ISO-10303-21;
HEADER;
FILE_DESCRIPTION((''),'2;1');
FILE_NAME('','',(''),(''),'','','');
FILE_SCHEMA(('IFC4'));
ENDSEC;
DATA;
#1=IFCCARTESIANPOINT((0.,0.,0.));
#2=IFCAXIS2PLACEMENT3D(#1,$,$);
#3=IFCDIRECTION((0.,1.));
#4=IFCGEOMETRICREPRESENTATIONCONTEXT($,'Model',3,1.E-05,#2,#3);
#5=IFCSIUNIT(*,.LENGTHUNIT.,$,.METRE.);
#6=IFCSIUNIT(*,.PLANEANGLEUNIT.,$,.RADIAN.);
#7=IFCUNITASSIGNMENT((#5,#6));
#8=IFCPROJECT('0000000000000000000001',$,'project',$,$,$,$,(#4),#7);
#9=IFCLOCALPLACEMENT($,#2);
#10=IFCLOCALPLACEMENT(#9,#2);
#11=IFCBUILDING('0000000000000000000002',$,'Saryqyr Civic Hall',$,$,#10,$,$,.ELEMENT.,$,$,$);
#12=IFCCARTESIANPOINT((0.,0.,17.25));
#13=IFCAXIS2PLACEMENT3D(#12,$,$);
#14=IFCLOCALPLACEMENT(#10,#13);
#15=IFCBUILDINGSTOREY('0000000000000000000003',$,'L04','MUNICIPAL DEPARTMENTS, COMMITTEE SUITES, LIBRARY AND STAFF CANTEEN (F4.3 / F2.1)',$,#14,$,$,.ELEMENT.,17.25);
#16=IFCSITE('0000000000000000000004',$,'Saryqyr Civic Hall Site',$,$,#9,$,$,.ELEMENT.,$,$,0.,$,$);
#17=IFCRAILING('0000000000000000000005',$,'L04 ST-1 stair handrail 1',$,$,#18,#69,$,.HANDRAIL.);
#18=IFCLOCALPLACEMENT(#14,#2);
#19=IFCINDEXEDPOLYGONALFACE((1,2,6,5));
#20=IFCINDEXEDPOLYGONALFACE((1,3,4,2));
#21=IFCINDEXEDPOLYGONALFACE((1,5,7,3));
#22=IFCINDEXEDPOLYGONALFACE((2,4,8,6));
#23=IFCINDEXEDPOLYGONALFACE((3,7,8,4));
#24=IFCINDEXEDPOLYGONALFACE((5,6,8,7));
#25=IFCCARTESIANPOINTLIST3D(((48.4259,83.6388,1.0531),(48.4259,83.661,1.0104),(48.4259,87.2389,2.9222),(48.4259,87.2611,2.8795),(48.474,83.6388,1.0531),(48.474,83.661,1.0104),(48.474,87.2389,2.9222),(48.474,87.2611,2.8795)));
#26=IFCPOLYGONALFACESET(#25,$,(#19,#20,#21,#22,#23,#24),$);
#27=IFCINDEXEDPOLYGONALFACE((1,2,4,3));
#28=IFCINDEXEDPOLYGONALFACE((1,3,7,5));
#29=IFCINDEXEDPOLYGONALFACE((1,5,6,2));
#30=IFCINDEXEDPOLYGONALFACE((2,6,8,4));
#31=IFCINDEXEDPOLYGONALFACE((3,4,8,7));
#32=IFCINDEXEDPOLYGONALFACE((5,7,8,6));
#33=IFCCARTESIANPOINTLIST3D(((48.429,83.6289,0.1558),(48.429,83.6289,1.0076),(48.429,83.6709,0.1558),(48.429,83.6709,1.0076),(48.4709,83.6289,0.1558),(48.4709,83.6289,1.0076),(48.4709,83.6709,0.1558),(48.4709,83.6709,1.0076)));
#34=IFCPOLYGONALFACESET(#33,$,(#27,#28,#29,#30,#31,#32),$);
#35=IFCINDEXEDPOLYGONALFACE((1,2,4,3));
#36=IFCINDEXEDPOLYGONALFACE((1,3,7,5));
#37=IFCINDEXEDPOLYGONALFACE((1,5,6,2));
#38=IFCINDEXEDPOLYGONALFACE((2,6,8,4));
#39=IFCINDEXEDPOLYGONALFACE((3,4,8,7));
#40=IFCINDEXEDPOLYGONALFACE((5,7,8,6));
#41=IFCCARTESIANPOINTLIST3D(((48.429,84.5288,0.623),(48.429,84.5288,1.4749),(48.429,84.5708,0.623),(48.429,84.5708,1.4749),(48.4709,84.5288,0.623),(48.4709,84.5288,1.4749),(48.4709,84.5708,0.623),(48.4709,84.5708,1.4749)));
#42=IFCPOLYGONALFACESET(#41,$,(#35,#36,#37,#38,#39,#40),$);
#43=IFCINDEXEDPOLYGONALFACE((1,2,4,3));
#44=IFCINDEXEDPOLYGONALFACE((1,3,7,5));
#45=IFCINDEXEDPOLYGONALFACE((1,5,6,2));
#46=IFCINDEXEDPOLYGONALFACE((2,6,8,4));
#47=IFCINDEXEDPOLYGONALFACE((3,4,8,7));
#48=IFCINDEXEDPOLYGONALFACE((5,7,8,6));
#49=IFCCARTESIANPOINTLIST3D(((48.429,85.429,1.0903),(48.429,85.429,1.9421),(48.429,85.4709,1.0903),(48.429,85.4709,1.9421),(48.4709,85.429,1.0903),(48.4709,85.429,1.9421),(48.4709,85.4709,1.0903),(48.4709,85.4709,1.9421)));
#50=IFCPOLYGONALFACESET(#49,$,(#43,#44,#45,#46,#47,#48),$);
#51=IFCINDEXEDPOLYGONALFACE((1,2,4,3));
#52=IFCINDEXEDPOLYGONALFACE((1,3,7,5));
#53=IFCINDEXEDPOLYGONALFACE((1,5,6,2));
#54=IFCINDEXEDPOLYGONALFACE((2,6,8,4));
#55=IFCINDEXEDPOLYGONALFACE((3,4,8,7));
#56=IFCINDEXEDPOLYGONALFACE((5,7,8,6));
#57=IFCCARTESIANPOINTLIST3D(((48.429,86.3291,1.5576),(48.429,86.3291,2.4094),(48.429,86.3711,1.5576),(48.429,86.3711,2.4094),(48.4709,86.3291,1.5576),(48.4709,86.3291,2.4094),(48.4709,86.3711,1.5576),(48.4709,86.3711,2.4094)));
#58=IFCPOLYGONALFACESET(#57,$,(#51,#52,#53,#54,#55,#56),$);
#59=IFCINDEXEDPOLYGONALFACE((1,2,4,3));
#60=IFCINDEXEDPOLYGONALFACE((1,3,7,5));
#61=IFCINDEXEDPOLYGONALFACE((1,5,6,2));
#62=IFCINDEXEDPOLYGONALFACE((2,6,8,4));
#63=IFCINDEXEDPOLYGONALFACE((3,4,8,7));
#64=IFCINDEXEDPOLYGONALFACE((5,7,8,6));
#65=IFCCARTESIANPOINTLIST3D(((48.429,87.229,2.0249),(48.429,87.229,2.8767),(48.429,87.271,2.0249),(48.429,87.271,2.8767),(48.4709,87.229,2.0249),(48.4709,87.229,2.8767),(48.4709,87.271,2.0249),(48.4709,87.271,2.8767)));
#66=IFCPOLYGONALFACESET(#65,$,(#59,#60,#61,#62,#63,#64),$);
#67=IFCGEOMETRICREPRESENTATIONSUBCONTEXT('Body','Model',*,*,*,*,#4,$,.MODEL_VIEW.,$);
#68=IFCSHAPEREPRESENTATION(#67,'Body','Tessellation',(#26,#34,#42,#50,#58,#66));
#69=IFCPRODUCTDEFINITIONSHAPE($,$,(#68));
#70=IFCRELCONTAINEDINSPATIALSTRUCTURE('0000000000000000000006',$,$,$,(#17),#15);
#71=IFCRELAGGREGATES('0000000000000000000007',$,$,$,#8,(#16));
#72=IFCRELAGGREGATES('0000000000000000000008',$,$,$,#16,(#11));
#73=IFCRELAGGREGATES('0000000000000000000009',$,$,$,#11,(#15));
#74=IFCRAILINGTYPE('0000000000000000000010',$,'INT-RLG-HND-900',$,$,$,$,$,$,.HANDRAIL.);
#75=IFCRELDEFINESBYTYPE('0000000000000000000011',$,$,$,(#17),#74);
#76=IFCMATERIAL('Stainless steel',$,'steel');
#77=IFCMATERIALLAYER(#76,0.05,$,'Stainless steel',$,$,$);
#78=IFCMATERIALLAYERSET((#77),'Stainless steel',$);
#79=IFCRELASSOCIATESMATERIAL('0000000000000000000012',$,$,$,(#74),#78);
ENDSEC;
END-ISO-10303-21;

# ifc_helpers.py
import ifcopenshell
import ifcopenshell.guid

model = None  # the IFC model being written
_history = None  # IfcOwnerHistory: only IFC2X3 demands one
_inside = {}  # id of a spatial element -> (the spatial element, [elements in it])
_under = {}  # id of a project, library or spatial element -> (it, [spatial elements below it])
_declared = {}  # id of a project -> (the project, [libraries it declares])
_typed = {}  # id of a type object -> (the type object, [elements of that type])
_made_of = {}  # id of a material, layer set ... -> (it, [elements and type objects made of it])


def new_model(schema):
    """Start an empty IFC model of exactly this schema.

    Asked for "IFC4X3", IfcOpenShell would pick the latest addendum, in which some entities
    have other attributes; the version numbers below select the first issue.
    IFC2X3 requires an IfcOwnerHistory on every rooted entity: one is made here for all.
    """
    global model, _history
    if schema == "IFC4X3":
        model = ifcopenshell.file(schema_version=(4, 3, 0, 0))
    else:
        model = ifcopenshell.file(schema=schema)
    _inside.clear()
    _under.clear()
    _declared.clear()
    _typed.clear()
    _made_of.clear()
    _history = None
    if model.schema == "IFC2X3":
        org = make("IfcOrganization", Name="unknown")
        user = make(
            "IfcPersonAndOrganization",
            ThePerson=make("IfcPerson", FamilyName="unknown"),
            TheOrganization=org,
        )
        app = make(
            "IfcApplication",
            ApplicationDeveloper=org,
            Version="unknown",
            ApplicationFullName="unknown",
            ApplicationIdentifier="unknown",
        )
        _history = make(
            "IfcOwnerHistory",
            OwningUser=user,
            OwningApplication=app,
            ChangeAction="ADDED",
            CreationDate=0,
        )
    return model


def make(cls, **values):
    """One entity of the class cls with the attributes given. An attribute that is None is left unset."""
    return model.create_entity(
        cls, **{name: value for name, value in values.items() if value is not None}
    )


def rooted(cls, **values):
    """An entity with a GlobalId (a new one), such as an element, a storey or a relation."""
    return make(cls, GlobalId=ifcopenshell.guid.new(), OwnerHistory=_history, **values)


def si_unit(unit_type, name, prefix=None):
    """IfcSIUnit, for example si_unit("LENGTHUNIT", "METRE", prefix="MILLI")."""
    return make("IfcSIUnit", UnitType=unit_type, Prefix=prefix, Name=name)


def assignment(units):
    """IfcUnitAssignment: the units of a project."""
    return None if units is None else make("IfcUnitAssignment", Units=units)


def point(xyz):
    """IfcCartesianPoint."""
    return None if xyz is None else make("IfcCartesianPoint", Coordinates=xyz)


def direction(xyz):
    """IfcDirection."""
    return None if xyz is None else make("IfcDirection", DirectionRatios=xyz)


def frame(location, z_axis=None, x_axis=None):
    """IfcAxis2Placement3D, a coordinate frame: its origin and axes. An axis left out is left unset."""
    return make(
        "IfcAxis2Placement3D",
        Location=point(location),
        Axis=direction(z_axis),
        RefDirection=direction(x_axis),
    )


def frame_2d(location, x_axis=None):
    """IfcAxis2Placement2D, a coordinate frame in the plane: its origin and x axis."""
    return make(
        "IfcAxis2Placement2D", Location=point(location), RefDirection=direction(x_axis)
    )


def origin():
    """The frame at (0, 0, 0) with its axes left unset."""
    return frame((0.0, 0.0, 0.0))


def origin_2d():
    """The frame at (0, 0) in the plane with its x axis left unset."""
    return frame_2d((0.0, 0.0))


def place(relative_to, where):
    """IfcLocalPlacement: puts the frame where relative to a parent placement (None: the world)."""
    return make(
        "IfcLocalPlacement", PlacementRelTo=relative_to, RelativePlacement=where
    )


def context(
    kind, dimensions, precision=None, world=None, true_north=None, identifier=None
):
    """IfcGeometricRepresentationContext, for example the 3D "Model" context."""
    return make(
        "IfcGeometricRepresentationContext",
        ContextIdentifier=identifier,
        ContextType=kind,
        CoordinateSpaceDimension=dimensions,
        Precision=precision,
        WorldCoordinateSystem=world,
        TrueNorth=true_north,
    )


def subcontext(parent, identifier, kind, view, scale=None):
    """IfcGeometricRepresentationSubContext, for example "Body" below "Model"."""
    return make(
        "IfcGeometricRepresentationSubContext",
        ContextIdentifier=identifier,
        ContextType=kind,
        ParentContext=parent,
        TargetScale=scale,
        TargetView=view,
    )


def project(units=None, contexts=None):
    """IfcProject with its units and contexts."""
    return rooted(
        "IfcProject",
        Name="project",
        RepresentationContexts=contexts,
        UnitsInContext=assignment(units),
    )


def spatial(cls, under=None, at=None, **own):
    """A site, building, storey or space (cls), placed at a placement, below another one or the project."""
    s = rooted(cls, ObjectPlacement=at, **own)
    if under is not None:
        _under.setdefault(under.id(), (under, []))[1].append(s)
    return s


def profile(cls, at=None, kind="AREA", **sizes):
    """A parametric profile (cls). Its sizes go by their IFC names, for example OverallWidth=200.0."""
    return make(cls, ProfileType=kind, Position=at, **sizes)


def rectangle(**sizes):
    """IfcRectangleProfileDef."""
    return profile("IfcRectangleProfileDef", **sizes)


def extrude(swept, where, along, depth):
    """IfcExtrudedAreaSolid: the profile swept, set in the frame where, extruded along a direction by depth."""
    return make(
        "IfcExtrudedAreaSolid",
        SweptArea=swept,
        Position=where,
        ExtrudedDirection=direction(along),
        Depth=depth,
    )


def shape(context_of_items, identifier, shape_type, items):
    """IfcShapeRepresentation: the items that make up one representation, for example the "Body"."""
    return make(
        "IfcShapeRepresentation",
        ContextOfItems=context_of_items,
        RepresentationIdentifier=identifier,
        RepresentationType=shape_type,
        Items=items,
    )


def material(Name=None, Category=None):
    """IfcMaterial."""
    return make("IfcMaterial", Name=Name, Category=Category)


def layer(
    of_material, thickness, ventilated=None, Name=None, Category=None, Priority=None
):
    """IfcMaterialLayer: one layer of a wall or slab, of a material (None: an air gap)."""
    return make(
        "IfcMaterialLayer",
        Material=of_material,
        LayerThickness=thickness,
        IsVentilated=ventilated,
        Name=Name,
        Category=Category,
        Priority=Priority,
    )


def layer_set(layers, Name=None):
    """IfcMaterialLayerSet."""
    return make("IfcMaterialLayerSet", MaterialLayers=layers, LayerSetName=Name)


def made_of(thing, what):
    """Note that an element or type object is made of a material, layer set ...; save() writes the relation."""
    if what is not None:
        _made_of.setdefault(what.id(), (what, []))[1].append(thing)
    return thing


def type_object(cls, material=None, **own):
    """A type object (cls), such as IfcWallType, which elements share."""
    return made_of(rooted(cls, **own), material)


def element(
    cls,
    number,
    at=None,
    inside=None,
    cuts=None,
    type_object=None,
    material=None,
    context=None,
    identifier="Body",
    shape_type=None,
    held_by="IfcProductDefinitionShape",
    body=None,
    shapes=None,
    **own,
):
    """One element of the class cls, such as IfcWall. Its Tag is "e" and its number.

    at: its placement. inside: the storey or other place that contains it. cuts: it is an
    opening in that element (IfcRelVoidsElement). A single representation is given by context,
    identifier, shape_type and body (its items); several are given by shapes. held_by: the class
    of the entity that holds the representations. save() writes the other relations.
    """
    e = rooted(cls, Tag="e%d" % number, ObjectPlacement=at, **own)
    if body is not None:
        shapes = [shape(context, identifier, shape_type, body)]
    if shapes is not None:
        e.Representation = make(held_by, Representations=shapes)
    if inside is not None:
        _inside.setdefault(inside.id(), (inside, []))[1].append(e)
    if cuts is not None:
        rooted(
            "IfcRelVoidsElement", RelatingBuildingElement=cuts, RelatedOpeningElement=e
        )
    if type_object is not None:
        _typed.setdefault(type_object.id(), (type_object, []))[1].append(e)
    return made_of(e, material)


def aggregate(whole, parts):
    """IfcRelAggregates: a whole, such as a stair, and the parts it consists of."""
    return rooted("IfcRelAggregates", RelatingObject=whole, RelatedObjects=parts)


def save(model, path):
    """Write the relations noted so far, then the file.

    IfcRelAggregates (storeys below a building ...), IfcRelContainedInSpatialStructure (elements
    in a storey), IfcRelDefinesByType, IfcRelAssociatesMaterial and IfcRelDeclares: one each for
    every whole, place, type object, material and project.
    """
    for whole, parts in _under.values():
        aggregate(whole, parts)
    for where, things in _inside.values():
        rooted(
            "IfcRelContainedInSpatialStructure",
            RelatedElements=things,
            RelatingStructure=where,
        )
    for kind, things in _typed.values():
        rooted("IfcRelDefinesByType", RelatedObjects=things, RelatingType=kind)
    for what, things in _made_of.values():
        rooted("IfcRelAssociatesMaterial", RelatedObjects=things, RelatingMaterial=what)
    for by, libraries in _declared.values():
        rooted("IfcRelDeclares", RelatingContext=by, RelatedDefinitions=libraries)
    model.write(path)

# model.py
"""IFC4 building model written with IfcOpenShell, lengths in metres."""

from ifc_helpers import new_model, si_unit, direction, frame, origin, origin_2d, place, context, subcontext, project, spatial, rectangle, extrude, material, layer, layer_set, type_object, element, save


model = new_model("IFC4")

# Units and contexts
model_context = context("Model", 3, precision=1e-05, world=origin(), true_north=direction((0.0, 1.0)))
body_context = subcontext(model_context, "Body", "Model", "MODEL_VIEW")
ifc_project = project(units=[si_unit("LENGTHUNIT", "METRE"), si_unit("PLANEANGLEUNIT", "RADIAN")], contexts=[model_context])

# Site, building, storey
site_placement = place(None, origin())
site = spatial("IfcSite", under=ifc_project, at=site_placement, Name="Saryqyr Civic Hall Site", CompositionType="ELEMENT", RefElevation=0.0)
building_placement = place(site_placement, origin())
building = spatial("IfcBuilding", under=site, at=building_placement, Name="Saryqyr Civic Hall", CompositionType="ELEMENT")
storey_placement = place(building_placement, frame((0.0, 0.0, 17.25)))
storey = spatial("IfcBuildingStorey", under=building, at=storey_placement, Name="L04", Description="MUNICIPAL DEPARTMENTS, COMMITTEE SUITES, LIBRARY AND STAFF CANTEEN (F4.3 / F2.1)", CompositionType="ELEMENT", Elevation=17.25)

# Railing
ifc_material_1 = material(Name="Stainless steel", Category="steel")
ifc_layer_1 = layer(ifc_material_1, 0.05, Name="Stainless steel")
ifc_layer_set_1 = layer_set([ifc_layer_1], Name="Stainless steel")
railing_type_1 = type_object("IfcRailingType", Name="INT-RLG-HND-900", PredefinedType="HANDRAIL", material=ifc_layer_set_1)
railing_1_placement = place(storey_placement, frame((48.45, 83.6499, 0.1558)))
element("IfcRailing", 1, at=railing_1_placement, inside=storey, type_object=railing_type_1, Name="L04 ST-1 stair handrail 1", PredefinedType="HANDRAIL", context=body_context, shape_type="SweptSolid", body=[
    extrude(rectangle(XDim=0.0481, YDim=0.0481, at=origin_2d()), frame((0.0, 0.0, 0.876), z_axis=(0.0, 0.88751, 0.460788), x_axis=(-1.0, 0.0, 0.0)), (0.0, 0.0, 1.0), 4.0564),
    extrude(rectangle(XDim=0.042, YDim=0.042, at=origin_2d()), origin(), (0.0, 0.0, 1.0), 0.8518),
    extrude(rectangle(XDim=0.042, YDim=0.042, at=origin_2d()), frame((0.0, 0.8999, 0.4673)), (0.0, 0.0, 1.0), 0.8518),
    extrude(rectangle(XDim=0.042, YDim=0.042, at=origin_2d()), frame((0.0, 1.8, 0.9346)), (0.0, 0.0, 1.0), 0.8518),
    extrude(rectangle(XDim=0.042, YDim=0.042, at=origin_2d()), frame((0.0, 2.7002, 1.4019)), (0.0, 0.0, 1.0), 0.8518),
    extrude(rectangle(XDim=0.042, YDim=0.042, at=origin_2d()), frame((0.0, 3.6001, 1.8691)), (0.0, 0.0, 1.0), 0.8518),
])

save(model, "model.ifc")
